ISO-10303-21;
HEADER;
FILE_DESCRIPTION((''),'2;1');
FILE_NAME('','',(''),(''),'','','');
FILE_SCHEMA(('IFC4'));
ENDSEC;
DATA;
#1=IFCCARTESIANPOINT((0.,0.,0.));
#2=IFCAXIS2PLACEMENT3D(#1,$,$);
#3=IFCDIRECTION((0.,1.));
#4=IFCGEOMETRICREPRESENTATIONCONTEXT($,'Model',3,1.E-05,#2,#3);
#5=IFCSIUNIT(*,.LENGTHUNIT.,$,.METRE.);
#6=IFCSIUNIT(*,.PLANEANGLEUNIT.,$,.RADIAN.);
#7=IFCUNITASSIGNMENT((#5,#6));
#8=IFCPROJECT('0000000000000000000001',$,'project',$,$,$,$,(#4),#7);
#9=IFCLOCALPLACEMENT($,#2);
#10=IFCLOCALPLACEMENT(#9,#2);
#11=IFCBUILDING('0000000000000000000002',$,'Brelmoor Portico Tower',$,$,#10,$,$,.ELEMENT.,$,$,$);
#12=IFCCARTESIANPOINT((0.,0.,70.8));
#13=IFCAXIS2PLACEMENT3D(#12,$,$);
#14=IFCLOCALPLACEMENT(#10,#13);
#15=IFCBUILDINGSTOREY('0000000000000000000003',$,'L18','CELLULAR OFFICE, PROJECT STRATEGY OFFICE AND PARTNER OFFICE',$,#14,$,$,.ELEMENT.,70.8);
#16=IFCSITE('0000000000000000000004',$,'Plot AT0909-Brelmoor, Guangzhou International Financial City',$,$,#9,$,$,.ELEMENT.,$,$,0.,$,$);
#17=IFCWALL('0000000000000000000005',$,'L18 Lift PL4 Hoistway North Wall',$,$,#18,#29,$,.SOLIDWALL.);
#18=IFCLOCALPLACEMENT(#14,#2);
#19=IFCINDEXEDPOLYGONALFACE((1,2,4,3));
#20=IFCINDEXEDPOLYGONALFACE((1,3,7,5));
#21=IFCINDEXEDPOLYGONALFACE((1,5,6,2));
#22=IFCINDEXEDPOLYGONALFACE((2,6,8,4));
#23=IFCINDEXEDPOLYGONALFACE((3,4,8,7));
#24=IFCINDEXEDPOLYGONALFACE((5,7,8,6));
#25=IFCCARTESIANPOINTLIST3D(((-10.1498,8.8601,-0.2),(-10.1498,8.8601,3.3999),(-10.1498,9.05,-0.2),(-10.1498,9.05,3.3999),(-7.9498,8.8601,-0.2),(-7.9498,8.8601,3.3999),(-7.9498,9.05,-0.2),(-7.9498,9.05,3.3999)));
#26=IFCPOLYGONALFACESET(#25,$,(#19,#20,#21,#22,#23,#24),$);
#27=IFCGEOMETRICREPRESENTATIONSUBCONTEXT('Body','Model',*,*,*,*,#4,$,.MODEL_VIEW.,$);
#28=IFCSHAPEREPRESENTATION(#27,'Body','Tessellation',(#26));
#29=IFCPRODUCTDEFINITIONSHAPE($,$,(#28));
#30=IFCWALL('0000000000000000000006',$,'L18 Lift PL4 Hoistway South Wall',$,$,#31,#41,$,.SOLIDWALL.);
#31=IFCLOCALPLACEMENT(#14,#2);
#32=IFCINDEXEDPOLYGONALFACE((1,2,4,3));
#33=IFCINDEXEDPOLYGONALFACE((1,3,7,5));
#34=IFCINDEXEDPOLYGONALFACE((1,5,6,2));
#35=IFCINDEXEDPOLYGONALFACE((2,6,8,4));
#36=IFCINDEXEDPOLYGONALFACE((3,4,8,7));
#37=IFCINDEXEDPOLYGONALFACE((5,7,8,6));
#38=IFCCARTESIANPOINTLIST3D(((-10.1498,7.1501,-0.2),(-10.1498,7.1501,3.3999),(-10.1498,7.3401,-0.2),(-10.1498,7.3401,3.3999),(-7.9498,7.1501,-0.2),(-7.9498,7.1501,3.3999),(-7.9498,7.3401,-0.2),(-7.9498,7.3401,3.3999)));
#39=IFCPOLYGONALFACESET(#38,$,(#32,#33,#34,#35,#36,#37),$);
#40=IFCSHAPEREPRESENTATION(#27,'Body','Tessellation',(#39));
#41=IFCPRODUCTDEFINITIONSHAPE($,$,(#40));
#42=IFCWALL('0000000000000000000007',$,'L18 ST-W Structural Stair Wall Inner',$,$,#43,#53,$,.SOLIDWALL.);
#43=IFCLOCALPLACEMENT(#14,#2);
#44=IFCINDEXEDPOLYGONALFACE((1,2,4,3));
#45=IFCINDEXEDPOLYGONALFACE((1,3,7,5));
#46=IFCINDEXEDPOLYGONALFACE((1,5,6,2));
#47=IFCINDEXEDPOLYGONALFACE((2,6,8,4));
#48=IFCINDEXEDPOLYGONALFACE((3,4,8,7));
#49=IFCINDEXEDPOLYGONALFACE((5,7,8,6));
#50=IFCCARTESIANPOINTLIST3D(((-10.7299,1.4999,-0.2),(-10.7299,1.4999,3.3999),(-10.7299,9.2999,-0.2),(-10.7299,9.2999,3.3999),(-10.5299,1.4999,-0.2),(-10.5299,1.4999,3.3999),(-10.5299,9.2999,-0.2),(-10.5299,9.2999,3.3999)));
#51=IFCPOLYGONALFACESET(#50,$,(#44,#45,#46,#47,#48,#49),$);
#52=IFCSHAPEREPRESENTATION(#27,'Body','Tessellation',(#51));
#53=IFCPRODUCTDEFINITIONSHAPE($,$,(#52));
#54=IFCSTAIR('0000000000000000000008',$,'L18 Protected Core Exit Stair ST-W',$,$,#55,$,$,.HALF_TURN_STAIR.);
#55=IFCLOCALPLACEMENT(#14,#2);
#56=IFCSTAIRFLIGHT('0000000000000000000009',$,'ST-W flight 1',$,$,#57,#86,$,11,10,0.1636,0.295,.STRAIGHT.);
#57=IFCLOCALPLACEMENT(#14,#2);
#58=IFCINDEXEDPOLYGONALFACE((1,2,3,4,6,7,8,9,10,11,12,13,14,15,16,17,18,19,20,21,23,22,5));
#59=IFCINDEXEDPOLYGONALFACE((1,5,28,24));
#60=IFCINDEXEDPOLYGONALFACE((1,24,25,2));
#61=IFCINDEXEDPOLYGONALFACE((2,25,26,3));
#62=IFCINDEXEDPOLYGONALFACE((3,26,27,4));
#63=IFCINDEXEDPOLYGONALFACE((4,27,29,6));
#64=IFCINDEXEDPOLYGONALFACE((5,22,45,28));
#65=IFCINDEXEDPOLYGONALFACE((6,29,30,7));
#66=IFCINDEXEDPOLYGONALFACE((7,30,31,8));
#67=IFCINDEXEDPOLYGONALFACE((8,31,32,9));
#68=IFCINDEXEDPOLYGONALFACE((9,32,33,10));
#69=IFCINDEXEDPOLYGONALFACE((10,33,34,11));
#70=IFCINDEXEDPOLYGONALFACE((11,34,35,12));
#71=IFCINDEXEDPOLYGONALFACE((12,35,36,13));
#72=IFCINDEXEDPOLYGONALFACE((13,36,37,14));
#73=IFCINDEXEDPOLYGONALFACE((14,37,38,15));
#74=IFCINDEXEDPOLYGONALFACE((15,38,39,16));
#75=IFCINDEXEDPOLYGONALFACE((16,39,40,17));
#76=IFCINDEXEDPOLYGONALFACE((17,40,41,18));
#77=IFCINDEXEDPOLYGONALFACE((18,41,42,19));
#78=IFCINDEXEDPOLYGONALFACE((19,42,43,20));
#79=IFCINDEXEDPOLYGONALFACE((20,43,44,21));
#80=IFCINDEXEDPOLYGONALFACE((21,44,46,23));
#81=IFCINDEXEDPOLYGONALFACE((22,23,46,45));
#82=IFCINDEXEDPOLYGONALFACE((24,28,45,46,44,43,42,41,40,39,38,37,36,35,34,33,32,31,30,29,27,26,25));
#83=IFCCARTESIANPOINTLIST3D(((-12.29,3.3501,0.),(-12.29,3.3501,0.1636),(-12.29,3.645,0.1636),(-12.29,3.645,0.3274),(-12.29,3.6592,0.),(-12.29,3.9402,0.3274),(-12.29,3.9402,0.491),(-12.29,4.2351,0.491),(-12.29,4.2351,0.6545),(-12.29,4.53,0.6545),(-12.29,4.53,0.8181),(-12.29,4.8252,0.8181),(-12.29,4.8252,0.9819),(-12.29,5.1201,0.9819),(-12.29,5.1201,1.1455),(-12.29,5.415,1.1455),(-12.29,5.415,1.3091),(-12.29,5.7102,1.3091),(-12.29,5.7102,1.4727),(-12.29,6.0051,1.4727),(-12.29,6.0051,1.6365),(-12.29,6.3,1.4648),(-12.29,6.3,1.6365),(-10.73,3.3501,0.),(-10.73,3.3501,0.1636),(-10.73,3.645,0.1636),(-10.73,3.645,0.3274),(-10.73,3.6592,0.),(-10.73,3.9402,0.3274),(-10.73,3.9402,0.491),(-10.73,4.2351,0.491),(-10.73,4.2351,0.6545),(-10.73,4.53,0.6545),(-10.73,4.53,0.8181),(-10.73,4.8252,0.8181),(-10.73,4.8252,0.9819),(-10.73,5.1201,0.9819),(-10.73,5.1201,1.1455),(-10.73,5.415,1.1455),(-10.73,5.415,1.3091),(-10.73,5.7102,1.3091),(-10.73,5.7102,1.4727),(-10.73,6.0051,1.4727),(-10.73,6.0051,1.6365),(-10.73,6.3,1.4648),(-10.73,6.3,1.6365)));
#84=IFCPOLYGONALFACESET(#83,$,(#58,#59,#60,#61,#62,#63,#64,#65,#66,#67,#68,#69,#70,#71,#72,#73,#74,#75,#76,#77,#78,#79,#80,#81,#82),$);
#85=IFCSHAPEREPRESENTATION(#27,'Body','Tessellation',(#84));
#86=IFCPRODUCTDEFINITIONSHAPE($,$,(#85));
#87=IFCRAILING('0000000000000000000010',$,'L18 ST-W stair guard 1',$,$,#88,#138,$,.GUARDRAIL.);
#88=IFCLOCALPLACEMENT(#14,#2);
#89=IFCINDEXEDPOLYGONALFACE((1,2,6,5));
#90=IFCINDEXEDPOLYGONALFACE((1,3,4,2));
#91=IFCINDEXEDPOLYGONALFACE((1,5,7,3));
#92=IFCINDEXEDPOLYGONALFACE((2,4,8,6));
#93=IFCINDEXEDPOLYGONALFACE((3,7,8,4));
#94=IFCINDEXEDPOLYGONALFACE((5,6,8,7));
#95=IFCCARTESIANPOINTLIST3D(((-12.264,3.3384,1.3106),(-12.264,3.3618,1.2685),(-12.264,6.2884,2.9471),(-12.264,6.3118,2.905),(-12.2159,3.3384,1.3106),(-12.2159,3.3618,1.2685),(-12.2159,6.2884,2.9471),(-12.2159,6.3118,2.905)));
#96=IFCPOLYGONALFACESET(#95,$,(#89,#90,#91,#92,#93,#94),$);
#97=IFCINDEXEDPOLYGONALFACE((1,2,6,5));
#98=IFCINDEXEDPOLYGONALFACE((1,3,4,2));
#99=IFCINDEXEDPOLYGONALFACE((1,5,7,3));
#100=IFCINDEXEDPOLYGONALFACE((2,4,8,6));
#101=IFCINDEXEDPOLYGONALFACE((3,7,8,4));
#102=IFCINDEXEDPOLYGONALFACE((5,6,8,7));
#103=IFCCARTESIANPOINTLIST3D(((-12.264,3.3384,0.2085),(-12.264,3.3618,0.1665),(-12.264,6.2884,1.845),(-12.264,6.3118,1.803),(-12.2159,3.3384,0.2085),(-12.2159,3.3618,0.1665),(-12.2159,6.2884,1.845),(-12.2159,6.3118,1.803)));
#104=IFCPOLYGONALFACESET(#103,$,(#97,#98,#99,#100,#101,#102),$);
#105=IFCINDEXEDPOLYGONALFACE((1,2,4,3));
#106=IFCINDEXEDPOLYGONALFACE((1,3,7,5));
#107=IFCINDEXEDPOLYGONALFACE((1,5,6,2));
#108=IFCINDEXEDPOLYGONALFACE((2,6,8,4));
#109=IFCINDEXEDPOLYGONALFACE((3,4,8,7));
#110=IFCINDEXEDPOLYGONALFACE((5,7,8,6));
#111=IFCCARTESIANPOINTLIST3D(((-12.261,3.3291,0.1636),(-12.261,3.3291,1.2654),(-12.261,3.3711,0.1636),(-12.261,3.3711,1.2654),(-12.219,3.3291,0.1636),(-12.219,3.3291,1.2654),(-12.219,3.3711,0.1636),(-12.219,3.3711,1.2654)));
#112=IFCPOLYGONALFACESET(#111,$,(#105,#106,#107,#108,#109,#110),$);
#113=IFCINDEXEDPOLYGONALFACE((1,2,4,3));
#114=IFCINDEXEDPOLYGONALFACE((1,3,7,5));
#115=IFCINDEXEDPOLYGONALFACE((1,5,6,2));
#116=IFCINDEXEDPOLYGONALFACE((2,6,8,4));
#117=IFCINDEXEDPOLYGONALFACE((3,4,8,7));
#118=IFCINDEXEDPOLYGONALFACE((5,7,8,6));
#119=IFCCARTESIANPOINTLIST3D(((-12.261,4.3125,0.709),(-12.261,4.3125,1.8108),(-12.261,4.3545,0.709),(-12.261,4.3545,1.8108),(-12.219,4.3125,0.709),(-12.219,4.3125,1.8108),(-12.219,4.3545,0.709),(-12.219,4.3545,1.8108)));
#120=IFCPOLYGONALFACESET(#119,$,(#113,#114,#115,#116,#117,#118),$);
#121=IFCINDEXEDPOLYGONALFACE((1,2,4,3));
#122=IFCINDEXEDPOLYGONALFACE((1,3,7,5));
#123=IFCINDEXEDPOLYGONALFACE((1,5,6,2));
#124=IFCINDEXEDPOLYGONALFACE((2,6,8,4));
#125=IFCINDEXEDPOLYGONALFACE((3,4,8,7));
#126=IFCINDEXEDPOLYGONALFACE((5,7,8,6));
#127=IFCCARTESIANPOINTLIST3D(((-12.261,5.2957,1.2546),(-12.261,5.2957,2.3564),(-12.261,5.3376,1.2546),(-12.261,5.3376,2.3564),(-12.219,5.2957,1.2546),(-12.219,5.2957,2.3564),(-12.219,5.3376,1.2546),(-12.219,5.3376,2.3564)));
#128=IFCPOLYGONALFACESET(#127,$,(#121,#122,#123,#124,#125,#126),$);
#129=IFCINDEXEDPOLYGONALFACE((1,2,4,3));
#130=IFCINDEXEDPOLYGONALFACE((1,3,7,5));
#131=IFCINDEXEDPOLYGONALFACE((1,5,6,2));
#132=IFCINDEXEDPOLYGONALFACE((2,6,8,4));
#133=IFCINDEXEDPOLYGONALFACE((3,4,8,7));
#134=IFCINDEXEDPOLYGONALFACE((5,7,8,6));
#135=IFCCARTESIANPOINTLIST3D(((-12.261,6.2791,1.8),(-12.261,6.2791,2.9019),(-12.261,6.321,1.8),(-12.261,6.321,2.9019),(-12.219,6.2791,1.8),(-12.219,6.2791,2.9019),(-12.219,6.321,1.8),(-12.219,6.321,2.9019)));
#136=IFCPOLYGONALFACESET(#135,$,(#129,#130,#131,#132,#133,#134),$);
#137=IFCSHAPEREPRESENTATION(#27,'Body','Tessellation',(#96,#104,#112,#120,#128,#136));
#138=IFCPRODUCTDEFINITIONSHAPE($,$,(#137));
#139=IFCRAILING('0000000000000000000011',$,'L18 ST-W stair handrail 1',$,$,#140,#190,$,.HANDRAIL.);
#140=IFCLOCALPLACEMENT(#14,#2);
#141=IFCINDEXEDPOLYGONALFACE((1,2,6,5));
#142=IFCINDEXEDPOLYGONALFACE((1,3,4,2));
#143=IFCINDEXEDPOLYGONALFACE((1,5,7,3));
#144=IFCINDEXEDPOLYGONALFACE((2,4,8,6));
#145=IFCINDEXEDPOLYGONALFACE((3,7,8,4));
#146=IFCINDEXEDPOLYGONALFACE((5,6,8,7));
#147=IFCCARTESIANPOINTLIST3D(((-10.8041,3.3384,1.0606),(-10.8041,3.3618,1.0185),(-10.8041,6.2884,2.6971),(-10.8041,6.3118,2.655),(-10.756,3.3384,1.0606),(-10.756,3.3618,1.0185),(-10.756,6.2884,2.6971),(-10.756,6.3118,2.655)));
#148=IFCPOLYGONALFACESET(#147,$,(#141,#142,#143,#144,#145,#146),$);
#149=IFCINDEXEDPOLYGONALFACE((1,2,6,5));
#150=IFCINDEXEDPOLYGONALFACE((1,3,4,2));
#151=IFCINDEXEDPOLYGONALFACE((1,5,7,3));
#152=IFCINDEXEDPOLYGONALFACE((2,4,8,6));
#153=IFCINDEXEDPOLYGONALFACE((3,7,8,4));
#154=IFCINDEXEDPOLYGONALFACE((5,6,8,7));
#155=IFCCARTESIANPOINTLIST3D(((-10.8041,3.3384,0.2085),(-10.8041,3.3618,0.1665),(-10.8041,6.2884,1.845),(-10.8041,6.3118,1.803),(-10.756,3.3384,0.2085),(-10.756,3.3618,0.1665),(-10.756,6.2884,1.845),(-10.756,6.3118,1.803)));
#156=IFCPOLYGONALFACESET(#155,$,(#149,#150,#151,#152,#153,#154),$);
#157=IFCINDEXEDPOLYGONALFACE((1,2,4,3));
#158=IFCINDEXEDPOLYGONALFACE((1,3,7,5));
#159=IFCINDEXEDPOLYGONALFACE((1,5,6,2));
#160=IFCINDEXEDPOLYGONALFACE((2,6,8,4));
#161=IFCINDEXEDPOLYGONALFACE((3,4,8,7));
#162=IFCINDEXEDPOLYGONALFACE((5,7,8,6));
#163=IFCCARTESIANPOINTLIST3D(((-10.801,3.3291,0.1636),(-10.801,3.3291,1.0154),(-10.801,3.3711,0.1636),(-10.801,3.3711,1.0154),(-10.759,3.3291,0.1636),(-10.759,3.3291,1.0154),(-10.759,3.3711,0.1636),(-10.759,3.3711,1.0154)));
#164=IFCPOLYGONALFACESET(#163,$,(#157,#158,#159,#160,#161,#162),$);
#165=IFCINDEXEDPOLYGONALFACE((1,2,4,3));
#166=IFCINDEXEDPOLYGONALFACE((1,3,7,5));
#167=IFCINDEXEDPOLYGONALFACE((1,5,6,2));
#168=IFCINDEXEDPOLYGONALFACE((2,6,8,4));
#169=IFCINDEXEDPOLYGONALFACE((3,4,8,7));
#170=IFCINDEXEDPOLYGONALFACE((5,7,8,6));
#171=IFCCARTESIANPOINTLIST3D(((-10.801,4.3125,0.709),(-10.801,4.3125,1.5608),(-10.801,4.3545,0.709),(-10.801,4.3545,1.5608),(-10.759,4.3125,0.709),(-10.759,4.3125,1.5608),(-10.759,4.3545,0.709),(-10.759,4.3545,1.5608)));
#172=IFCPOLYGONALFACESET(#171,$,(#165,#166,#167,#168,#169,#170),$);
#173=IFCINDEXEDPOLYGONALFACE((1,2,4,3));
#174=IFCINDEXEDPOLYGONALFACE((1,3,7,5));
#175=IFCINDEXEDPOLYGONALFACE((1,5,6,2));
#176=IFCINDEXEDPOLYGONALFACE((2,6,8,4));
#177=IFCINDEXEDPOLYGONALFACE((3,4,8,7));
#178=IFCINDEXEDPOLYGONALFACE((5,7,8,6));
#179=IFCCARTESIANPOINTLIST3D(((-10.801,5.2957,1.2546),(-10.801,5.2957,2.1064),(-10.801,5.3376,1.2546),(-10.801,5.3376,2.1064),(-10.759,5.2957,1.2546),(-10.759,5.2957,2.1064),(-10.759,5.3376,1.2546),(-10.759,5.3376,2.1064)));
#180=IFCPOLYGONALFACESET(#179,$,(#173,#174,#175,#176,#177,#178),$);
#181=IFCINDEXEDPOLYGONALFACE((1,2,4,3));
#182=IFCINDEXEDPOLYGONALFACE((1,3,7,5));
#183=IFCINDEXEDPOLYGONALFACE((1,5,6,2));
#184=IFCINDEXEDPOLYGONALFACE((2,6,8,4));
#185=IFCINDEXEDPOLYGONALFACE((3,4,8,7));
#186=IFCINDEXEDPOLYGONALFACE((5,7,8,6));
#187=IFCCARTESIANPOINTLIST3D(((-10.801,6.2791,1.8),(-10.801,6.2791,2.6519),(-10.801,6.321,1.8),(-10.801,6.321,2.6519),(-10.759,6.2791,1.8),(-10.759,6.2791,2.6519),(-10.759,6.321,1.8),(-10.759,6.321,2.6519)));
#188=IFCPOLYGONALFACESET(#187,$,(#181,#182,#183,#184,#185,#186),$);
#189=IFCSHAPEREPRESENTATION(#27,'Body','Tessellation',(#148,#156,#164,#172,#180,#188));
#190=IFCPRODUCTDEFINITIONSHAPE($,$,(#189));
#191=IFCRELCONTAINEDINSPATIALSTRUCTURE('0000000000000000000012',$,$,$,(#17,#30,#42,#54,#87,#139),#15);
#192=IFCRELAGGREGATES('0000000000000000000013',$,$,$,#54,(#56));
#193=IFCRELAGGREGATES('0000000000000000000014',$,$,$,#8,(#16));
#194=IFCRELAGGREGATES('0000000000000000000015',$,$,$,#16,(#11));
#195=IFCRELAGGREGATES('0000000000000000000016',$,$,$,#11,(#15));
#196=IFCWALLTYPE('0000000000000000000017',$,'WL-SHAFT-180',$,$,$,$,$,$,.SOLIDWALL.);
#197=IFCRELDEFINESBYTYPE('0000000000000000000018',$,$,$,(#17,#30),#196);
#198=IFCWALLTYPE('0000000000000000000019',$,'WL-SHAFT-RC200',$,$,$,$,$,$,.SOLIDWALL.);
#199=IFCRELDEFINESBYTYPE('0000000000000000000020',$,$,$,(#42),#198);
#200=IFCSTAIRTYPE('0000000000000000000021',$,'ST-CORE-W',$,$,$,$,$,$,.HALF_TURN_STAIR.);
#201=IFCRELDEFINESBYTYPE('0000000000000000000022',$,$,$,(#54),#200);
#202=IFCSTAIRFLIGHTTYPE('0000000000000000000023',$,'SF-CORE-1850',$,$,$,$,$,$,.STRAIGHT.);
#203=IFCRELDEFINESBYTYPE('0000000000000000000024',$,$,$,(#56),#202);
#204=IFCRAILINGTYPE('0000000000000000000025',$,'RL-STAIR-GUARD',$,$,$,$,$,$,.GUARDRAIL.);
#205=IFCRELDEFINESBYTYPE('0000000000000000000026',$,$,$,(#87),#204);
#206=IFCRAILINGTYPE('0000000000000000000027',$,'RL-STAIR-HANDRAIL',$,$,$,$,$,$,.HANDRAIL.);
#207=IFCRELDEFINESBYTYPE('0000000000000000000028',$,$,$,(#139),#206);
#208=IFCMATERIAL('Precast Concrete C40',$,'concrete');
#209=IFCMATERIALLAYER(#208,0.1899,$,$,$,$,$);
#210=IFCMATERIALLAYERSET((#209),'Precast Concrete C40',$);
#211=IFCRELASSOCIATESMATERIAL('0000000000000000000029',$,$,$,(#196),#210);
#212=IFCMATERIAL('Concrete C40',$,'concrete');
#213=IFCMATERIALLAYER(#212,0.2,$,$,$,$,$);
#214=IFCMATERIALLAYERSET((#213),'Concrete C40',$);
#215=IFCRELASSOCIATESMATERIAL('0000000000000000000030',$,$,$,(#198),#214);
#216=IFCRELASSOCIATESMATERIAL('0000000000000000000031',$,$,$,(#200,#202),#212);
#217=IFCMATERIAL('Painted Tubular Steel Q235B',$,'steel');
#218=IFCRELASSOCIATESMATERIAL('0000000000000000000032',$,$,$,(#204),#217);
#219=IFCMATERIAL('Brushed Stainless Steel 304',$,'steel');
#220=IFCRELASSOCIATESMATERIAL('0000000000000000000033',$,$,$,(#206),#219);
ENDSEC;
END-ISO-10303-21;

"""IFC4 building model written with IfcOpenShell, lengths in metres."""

from ifc_helpers import new_model, si_unit, direction, frame, frame_2d, origin, origin_2d, place, context, subcontext, project, spatial, polyline, rectangle, outline, extrude, material, layer, layer_set, type_object, element, aggregate, save


model = new_model("IFC4")

# Units and contexts
model_context = context("Model", 3, precision=1e-05, world=origin(), true_north=direction((0.0, 1.0)))
body_context = subcontext(model_context, "Body", "Model", "MODEL_VIEW")
ifc_project = project(units=[si_unit("LENGTHUNIT", "METRE"), si_unit("PLANEANGLEUNIT", "RADIAN")], contexts=[model_context])

# Site, building, storey
site_placement = place(None, origin())
site = spatial("IfcSite", under=ifc_project, at=site_placement, Name="Plot AT0909-Brelmoor, Guangzhou International Financial City", CompositionType="ELEMENT", RefElevation=0.0)
building_placement = place(site_placement, origin())
building = spatial("IfcBuilding", under=site, at=building_placement, Name="Brelmoor Portico Tower", CompositionType="ELEMENT")
storey_placement = place(building_placement, frame((0.0, 0.0, 70.8)))
storey = spatial("IfcBuildingStorey", under=building, at=storey_placement, Name="L18", Description="CELLULAR OFFICE, PROJECT STRATEGY OFFICE AND PARTNER OFFICE", CompositionType="ELEMENT", Elevation=70.8)

# Shared definitions
ifc_material_1 = material(Name="Precast Concrete C40", Category="concrete")
ifc_layer_1 = layer(ifc_material_1, 0.1899)
ifc_layer_set_1 = layer_set([ifc_layer_1], Name="Precast Concrete C40")
wall_type_1 = type_object("IfcWallType", Name="WL-SHAFT-180", PredefinedType="SOLIDWALL", material=ifc_layer_set_1)

# Walls
for number, where, z_axis, x_axis, name in (
    (1, (-10.1499, 8.9551, -0.2), (0.0, 0.0, 1.0), (1.0, 0.0, 0.0), "L18 Lift PL4 Hoistway North Wall"),
    (2, (-10.1499, 7.2451, -0.2), (0.0, 0.0, 1.0), (1.0, 0.0, 0.0), "L18 Lift PL4 Hoistway South Wall"),
):
    element("IfcWall", number, at=place(storey_placement, frame(where, z_axis=z_axis, x_axis=x_axis)), inside=storey, type_object=wall_type_1, Name=name, PredefinedType="SOLIDWALL", context=body_context, shape_type="SweptSolid", body=[
        extrude(rectangle(XDim=2.2, YDim=0.1899, at=frame_2d((1.1001, 0.0))), origin(), (0.0, 0.0, 1.0), 3.5999),
    ])
ifc_material_2 = material(Name="Concrete C40", Category="concrete")
ifc_layer_2 = layer(ifc_material_2, 0.2)
ifc_layer_set_2 = layer_set([ifc_layer_2], Name="Concrete C40")
wall_type_2 = type_object("IfcWallType", Name="WL-SHAFT-RC200", PredefinedType="SOLIDWALL", material=ifc_layer_set_2)
wall_1_placement = place(storey_placement, frame((-10.6299, 1.5, -0.2), z_axis=(0.0, 0.0, 1.0), x_axis=(0.0, 1.0, 0.0)))
element("IfcWall", 3, at=wall_1_placement, inside=storey, type_object=wall_type_2, Name="L18 ST-W Structural Stair Wall Inner", PredefinedType="SOLIDWALL", context=body_context, shape_type="SweptSolid", body=[
    extrude(rectangle(XDim=7.8, YDim=0.2, at=frame_2d((3.8999, 0.0))), origin(), (0.0, 0.0, 1.0), 3.5999),
])

# Stair, stair flight
stair_type = type_object("IfcStairType", Name="ST-CORE-W", PredefinedType="HALF_TURN_STAIR", material=ifc_material_2)
stair_placement = place(storey_placement, origin())
stair = element("IfcStair", 4, at=stair_placement, inside=storey, type_object=stair_type, Name="L18 Protected Core Exit Stair ST-W", PredefinedType="HALF_TURN_STAIR")
stair_flight_type = type_object("IfcStairFlightType", Name="SF-CORE-1850", PredefinedType="STRAIGHT", material=ifc_material_2)
stair_flight_placement = place(storey_placement, frame((-11.51, 3.3501, 0.0), z_axis=(0.0, 0.0, 1.0), x_axis=(0.0, 1.0, 0.0)))
stair_flight = element("IfcStairFlight", 5, at=stair_flight_placement, type_object=stair_flight_type, Name="ST-W flight 1", NumberOfRisers=11, NumberOfTreads=10, PredefinedType="STRAIGHT", RiserHeight=0.1636, TreadLength=0.295, context=body_context, shape_type="SweptSolid", body=[
    extrude(outline(polyline([(0.0, 0.0), (0.0, 0.1636), (0.2949, 0.1636), (0.2949, 0.3274), (0.5901, 0.3274), (0.5901, 0.491), (0.885, 0.491), (0.885, 0.6545), (1.1799, 0.6545), (1.1799, 0.8181), (1.4751, 0.8181), (1.4751, 0.9819), (1.77, 0.9819), (1.77, 1.1455), (2.0649, 1.1455), (2.0649, 1.3091), (2.3601, 1.3091), (2.3601, 1.4727), (2.655, 1.4727), (2.655, 1.6365), (2.95, 1.6365), (2.95, 1.8), (2.95, 1.4648), (0.3091, 0.0), (0.0, 0.0)])), frame((0.0, 0.78, 0.0), z_axis=(0.0, -1.0, 0.0), x_axis=(1.0, 0.0, 0.0)), (0.0, 0.0, 1.0), 1.5601),
])
aggregate(stair, [stair_flight])

# Railings
ifc_material_3 = material(Name="Painted Tubular Steel Q235B", Category="steel")
railing_type_1 = type_object("IfcRailingType", Name="RL-STAIR-GUARD", PredefinedType="GUARDRAIL", material=ifc_material_3)
railing_1_placement = place(storey_placement, frame((-12.24, 3.3501, 0.1636)))
element("IfcRailing", 6, at=railing_1_placement, inside=storey, type_object=railing_type_1, Name="L18 ST-W stair guard 1", PredefinedType="GUARDRAIL", context=body_context, shape_type="SweptSolid", body=[
    extrude(rectangle(XDim=0.0481, YDim=0.0481, at=origin_2d()), frame((0.0, 0.0, 1.126), z_axis=(0.0, 0.874458, 0.485102), x_axis=(-1.0, 0.0, 0.0)), (0.0, 0.0, 1.0), 3.3735),
    extrude(rectangle(XDim=0.0481, YDim=0.0481, at=origin_2d()), frame((0.0, 0.0, 0.0239), z_axis=(0.0, 0.874458, 0.485102), x_axis=(-1.0, 0.0, 0.0)), (0.0, 0.0, 1.0), 3.3735),
    extrude(rectangle(XDim=0.042, YDim=0.042, at=origin_2d()), origin(), (0.0, 0.0, 1.0), 1.1018),
    extrude(rectangle(XDim=0.042, YDim=0.042, at=origin_2d()), frame((0.0, 0.9834, 0.5454)), (0.0, 0.0, 1.0), 1.1018),
    extrude(rectangle(XDim=0.042, YDim=0.042, at=origin_2d()), frame((0.0, 1.9666, 1.0911)), (0.0, 0.0, 1.0), 1.1018),
    extrude(rectangle(XDim=0.042, YDim=0.042, at=origin_2d()), frame((0.0, 2.95, 1.6365)), (0.0, 0.0, 1.0), 1.1018),
])
ifc_material_4 = material(Name="Brushed Stainless Steel 304", Category="steel")
railing_type_2 = type_object("IfcRailingType", Name="RL-STAIR-HANDRAIL", PredefinedType="HANDRAIL", material=ifc_material_4)
railing_2_placement = place(storey_placement, frame((-10.78, 3.3501, 0.1636)))
element("IfcRailing", 7, at=railing_2_placement, inside=storey, type_object=railing_type_2, Name="L18 ST-W stair handrail 1", PredefinedType="HANDRAIL", context=body_context, shape_type="SweptSolid", body=[
    extrude(rectangle(XDim=0.0481, YDim=0.0481, at=origin_2d()), frame((0.0, 0.0, 0.876), z_axis=(0.0, 0.874458, 0.485102), x_axis=(-1.0, 0.0, 0.0)), (0.0, 0.0, 1.0), 3.3735),
    extrude(rectangle(XDim=0.0481, YDim=0.0481, at=origin_2d()), frame((0.0, 0.0, 0.0239), z_axis=(0.0, 0.874458, 0.485102), x_axis=(-1.0, 0.0, 0.0)), (0.0, 0.0, 1.0), 3.3735),
    extrude(rectangle(XDim=0.042, YDim=0.042, at=origin_2d()), origin(), (0.0, 0.0, 1.0), 0.8518),
    extrude(rectangle(XDim=0.042, YDim=0.042, at=origin_2d()), frame((0.0, 0.9834, 0.5454)), (0.0, 0.0, 1.0), 0.8518),
    extrude(rectangle(XDim=0.042, YDim=0.042, at=origin_2d()), frame((0.0, 1.9666, 1.0911)), (0.0, 0.0, 1.0), 0.8518),
    extrude(rectangle(XDim=0.042, YDim=0.042, at=origin_2d()), frame((0.0, 2.95, 1.6365)), (0.0, 0.0, 1.0), 0.8518),
])

save(model, "model.ifc")
